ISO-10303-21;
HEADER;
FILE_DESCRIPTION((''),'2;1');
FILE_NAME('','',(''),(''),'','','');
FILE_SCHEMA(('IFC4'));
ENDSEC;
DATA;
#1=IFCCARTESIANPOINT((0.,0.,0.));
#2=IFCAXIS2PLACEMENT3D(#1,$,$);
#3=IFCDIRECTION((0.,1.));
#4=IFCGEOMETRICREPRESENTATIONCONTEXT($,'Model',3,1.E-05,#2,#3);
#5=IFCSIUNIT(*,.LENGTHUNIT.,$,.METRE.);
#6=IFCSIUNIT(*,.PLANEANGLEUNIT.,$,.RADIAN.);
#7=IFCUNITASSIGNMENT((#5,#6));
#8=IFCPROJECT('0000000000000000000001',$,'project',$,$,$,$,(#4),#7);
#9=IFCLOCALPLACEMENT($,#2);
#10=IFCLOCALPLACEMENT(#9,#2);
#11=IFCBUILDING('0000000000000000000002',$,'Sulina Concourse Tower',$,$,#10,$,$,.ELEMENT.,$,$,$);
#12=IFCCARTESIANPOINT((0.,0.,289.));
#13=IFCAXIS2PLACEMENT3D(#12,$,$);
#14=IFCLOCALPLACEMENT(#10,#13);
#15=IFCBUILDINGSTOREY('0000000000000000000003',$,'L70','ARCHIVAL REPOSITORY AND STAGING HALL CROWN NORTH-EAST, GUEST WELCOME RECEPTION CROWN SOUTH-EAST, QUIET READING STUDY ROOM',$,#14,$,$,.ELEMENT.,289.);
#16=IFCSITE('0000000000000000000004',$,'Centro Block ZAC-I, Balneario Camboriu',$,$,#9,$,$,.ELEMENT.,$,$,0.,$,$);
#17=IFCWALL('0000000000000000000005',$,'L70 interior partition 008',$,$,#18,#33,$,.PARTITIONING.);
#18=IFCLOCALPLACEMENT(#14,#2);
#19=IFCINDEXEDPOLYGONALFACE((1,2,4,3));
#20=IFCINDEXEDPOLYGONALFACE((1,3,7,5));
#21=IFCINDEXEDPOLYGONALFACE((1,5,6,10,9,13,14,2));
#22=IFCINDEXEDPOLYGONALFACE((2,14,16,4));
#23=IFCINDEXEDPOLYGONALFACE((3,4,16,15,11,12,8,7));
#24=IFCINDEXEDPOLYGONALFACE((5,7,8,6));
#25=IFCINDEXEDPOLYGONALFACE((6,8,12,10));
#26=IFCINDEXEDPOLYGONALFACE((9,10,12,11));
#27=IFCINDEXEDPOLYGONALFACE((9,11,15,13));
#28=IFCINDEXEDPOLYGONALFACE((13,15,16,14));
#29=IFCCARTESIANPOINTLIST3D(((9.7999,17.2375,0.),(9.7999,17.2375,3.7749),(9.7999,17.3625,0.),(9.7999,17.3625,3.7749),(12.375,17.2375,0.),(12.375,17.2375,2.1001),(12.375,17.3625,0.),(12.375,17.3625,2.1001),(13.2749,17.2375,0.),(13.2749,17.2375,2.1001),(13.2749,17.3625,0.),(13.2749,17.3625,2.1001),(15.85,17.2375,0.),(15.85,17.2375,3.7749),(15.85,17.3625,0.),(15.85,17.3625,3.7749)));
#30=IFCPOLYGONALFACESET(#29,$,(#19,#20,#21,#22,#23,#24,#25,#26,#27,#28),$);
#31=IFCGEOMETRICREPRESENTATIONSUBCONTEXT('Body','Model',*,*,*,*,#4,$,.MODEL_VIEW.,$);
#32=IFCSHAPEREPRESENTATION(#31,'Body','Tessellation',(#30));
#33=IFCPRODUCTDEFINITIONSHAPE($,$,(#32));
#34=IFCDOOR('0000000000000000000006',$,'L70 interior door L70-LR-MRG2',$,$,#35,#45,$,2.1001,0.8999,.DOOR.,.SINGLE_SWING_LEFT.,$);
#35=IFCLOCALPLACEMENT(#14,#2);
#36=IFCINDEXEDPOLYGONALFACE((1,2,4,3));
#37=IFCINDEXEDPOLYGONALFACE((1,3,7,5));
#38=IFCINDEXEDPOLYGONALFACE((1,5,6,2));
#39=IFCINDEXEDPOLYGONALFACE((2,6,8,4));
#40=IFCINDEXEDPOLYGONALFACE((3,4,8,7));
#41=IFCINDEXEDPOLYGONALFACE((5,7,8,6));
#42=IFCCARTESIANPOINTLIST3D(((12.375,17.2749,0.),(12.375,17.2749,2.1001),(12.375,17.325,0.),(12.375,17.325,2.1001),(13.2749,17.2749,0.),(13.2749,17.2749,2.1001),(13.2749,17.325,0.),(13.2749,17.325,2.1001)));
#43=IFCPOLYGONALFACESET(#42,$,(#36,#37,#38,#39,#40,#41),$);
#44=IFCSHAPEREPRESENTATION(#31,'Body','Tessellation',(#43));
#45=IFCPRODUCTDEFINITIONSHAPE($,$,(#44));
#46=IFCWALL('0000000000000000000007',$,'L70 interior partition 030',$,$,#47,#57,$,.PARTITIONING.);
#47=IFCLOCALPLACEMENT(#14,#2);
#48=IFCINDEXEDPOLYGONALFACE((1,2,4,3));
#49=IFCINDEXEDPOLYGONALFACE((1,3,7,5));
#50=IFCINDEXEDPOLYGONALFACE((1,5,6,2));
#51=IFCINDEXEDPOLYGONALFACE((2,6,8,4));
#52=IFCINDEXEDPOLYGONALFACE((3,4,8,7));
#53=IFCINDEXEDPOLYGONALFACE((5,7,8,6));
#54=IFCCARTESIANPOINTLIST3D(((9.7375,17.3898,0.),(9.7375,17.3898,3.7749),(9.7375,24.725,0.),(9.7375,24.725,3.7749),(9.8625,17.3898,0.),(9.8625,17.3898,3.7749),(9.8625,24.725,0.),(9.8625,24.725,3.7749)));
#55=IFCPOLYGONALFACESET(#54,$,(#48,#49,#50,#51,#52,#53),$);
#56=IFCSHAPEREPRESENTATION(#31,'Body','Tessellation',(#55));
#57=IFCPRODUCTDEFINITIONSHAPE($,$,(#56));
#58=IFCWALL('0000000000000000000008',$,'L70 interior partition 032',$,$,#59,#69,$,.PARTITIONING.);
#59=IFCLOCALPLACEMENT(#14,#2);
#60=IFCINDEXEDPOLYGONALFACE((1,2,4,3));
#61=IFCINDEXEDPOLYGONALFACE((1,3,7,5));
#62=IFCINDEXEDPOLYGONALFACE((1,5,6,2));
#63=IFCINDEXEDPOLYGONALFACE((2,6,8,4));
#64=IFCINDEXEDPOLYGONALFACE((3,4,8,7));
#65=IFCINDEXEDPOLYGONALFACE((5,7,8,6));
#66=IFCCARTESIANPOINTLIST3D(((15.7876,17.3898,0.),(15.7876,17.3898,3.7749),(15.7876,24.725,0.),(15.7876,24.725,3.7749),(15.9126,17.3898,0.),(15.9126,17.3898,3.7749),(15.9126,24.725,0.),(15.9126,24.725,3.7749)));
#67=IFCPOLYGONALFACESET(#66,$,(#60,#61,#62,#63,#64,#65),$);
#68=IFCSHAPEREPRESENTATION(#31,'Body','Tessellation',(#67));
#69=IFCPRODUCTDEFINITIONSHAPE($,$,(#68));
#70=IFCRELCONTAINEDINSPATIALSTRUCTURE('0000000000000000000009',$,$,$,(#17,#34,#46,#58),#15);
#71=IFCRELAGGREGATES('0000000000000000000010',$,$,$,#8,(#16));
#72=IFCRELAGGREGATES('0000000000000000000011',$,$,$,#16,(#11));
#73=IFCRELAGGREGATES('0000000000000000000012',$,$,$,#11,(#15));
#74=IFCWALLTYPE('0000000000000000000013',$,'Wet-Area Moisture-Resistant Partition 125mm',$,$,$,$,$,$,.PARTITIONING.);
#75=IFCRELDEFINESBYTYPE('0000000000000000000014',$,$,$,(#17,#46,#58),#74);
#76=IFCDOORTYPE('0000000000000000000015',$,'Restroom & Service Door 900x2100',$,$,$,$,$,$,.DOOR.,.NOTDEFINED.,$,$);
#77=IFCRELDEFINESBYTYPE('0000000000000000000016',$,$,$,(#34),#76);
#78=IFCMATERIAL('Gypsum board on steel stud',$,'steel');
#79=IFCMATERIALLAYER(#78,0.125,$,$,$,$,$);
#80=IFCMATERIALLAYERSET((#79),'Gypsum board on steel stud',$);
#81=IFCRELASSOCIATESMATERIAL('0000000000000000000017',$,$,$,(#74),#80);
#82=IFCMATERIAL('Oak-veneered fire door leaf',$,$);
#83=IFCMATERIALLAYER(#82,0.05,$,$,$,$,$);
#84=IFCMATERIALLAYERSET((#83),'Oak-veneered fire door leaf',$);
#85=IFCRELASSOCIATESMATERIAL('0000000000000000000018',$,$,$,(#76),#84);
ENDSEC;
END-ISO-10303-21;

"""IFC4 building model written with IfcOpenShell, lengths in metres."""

from ifc_helpers import new_model, si_unit, direction, frame, frame_2d, origin, place, context, subcontext, project, spatial, rectangle, extrude, material, layer, layer_set, type_object, element, fill, save


model = new_model("IFC4")

# Units and contexts
model_context = context("Model", 3, precision=1e-05, world=origin(), true_north=direction((0.0, 1.0)))
body_context = subcontext(model_context, "Body", "Model", "MODEL_VIEW")
ifc_project = project(units=[si_unit("LENGTHUNIT", "METRE"), si_unit("PLANEANGLEUNIT", "RADIAN")], contexts=[model_context])

# Site, building, storey
site_placement = place(None, origin())
site = spatial("IfcSite", under=ifc_project, at=site_placement, Name="Centro Block ZAC-I, Balneario Camboriu", CompositionType="ELEMENT", RefElevation=0.0)
building_placement = place(site_placement, origin())
building = spatial("IfcBuilding", under=site, at=building_placement, Name="Sulina Concourse Tower", CompositionType="ELEMENT")
storey_placement = place(building_placement, frame((0.0, 0.0, 289.0)))
storey = spatial("IfcBuildingStorey", under=building, at=storey_placement, Name="L70", Description="ARCHIVAL REPOSITORY AND STAGING HALL CROWN NORTH-EAST, GUEST WELCOME RECEPTION CROWN SOUTH-EAST, QUIET READING STUDY ROOM", CompositionType="ELEMENT", Elevation=289.0)

# Wall, opening, door
ifc_material_1 = material(Name="Gypsum board on steel stud", Category="steel")
ifc_layer_1 = layer(ifc_material_1, 0.125)
ifc_layer_set_1 = layer_set([ifc_layer_1], Name="Gypsum board on steel stud")
wall_type_1 = type_object("IfcWallType", Name="Wet-Area Moisture-Resistant Partition 125mm", PredefinedType="PARTITIONING", material=ifc_layer_set_1)
wall_1_placement = place(storey_placement, frame((9.8, 17.3, 0.0), z_axis=(0.0, 0.0, 1.0), x_axis=(1.0, 0.0, 0.0)))
wall_1 = element("IfcWall", 1, at=wall_1_placement, inside=storey, type_object=wall_type_1, Name="L70 interior partition 008", PredefinedType="PARTITIONING", context=body_context, shape_type="SweptSolid", body=[
    extrude(rectangle(XDim=6.05, YDim=0.125, at=frame_2d((3.0249, 0.0))), origin(), (0.0, 0.0, 1.0), 3.7749),
])
opening_1_placement = place(wall_1_placement, frame((2.575, 0.0, 0.0)))
opening_1 = element("IfcOpeningElement", 2, at=opening_1_placement, cuts=wall_1, PredefinedType="OPENING", context=body_context, shape_type="SweptSolid", body=[
    extrude(rectangle(XDim=0.8999, YDim=2.1001, at=frame_2d((0.45, 1.05))), frame((0.0, 0.0725, 0.0), z_axis=(0.0, -1.0, 0.0), x_axis=(1.0, 0.0, 0.0)), (0.0, 0.0, 1.0), 0.145),
])
ifc_material_2 = material(Name="Oak-veneered fire door leaf")
ifc_layer_2 = layer(ifc_material_2, 0.05)
ifc_layer_set_2 = layer_set([ifc_layer_2], Name="Oak-veneered fire door leaf")
door_type_1 = type_object("IfcDoorType", Name="Restroom & Service Door 900x2100", OperationType="NOTDEFINED", PredefinedType="DOOR", material=ifc_layer_set_2)
door_1_placement = place(opening_1_placement, origin())
door_1 = element("IfcDoor", 3, at=door_1_placement, inside=storey, type_object=door_type_1, Name="L70 interior door L70-LR-MRG2", OperationType="SINGLE_SWING_LEFT", OverallHeight=2.1001, OverallWidth=0.8999, PredefinedType="DOOR", context=body_context, shape_type="SweptSolid", body=[
    extrude(rectangle(XDim=0.8999, YDim=2.1001, at=frame_2d((0.45, 1.05))), frame((0.0, 0.0249, 0.0), z_axis=(0.0, -1.0, 0.0), x_axis=(1.0, 0.0, 0.0)), (0.0, 0.0, 1.0), 0.05),
])
fill(opening_1, door_1)

# Walls
for number, where, z_axis, x_axis, name in (
    (4, (9.8, 17.3899, 0.0), (0.0, 0.0, 1.0), (0.0, 1.0, 0.0), "L70 interior partition 030"),
    (5, (15.8501, 17.3899, 0.0), (0.0, 0.0, 1.0), (0.0, 1.0, 0.0), "L70 interior partition 032"),
):
    element("IfcWall", number, at=place(storey_placement, frame(where, z_axis=z_axis, x_axis=x_axis)), inside=storey, type_object=wall_type_1, Name=name, PredefinedType="PARTITIONING", context=body_context, shape_type="SweptSolid", body=[
        extrude(rectangle(XDim=7.3352, YDim=0.125, at=frame_2d((3.6675, 0.0))), origin(), (0.0, 0.0, 1.0), 3.7749),
    ])

save(model, "model.ifc")
